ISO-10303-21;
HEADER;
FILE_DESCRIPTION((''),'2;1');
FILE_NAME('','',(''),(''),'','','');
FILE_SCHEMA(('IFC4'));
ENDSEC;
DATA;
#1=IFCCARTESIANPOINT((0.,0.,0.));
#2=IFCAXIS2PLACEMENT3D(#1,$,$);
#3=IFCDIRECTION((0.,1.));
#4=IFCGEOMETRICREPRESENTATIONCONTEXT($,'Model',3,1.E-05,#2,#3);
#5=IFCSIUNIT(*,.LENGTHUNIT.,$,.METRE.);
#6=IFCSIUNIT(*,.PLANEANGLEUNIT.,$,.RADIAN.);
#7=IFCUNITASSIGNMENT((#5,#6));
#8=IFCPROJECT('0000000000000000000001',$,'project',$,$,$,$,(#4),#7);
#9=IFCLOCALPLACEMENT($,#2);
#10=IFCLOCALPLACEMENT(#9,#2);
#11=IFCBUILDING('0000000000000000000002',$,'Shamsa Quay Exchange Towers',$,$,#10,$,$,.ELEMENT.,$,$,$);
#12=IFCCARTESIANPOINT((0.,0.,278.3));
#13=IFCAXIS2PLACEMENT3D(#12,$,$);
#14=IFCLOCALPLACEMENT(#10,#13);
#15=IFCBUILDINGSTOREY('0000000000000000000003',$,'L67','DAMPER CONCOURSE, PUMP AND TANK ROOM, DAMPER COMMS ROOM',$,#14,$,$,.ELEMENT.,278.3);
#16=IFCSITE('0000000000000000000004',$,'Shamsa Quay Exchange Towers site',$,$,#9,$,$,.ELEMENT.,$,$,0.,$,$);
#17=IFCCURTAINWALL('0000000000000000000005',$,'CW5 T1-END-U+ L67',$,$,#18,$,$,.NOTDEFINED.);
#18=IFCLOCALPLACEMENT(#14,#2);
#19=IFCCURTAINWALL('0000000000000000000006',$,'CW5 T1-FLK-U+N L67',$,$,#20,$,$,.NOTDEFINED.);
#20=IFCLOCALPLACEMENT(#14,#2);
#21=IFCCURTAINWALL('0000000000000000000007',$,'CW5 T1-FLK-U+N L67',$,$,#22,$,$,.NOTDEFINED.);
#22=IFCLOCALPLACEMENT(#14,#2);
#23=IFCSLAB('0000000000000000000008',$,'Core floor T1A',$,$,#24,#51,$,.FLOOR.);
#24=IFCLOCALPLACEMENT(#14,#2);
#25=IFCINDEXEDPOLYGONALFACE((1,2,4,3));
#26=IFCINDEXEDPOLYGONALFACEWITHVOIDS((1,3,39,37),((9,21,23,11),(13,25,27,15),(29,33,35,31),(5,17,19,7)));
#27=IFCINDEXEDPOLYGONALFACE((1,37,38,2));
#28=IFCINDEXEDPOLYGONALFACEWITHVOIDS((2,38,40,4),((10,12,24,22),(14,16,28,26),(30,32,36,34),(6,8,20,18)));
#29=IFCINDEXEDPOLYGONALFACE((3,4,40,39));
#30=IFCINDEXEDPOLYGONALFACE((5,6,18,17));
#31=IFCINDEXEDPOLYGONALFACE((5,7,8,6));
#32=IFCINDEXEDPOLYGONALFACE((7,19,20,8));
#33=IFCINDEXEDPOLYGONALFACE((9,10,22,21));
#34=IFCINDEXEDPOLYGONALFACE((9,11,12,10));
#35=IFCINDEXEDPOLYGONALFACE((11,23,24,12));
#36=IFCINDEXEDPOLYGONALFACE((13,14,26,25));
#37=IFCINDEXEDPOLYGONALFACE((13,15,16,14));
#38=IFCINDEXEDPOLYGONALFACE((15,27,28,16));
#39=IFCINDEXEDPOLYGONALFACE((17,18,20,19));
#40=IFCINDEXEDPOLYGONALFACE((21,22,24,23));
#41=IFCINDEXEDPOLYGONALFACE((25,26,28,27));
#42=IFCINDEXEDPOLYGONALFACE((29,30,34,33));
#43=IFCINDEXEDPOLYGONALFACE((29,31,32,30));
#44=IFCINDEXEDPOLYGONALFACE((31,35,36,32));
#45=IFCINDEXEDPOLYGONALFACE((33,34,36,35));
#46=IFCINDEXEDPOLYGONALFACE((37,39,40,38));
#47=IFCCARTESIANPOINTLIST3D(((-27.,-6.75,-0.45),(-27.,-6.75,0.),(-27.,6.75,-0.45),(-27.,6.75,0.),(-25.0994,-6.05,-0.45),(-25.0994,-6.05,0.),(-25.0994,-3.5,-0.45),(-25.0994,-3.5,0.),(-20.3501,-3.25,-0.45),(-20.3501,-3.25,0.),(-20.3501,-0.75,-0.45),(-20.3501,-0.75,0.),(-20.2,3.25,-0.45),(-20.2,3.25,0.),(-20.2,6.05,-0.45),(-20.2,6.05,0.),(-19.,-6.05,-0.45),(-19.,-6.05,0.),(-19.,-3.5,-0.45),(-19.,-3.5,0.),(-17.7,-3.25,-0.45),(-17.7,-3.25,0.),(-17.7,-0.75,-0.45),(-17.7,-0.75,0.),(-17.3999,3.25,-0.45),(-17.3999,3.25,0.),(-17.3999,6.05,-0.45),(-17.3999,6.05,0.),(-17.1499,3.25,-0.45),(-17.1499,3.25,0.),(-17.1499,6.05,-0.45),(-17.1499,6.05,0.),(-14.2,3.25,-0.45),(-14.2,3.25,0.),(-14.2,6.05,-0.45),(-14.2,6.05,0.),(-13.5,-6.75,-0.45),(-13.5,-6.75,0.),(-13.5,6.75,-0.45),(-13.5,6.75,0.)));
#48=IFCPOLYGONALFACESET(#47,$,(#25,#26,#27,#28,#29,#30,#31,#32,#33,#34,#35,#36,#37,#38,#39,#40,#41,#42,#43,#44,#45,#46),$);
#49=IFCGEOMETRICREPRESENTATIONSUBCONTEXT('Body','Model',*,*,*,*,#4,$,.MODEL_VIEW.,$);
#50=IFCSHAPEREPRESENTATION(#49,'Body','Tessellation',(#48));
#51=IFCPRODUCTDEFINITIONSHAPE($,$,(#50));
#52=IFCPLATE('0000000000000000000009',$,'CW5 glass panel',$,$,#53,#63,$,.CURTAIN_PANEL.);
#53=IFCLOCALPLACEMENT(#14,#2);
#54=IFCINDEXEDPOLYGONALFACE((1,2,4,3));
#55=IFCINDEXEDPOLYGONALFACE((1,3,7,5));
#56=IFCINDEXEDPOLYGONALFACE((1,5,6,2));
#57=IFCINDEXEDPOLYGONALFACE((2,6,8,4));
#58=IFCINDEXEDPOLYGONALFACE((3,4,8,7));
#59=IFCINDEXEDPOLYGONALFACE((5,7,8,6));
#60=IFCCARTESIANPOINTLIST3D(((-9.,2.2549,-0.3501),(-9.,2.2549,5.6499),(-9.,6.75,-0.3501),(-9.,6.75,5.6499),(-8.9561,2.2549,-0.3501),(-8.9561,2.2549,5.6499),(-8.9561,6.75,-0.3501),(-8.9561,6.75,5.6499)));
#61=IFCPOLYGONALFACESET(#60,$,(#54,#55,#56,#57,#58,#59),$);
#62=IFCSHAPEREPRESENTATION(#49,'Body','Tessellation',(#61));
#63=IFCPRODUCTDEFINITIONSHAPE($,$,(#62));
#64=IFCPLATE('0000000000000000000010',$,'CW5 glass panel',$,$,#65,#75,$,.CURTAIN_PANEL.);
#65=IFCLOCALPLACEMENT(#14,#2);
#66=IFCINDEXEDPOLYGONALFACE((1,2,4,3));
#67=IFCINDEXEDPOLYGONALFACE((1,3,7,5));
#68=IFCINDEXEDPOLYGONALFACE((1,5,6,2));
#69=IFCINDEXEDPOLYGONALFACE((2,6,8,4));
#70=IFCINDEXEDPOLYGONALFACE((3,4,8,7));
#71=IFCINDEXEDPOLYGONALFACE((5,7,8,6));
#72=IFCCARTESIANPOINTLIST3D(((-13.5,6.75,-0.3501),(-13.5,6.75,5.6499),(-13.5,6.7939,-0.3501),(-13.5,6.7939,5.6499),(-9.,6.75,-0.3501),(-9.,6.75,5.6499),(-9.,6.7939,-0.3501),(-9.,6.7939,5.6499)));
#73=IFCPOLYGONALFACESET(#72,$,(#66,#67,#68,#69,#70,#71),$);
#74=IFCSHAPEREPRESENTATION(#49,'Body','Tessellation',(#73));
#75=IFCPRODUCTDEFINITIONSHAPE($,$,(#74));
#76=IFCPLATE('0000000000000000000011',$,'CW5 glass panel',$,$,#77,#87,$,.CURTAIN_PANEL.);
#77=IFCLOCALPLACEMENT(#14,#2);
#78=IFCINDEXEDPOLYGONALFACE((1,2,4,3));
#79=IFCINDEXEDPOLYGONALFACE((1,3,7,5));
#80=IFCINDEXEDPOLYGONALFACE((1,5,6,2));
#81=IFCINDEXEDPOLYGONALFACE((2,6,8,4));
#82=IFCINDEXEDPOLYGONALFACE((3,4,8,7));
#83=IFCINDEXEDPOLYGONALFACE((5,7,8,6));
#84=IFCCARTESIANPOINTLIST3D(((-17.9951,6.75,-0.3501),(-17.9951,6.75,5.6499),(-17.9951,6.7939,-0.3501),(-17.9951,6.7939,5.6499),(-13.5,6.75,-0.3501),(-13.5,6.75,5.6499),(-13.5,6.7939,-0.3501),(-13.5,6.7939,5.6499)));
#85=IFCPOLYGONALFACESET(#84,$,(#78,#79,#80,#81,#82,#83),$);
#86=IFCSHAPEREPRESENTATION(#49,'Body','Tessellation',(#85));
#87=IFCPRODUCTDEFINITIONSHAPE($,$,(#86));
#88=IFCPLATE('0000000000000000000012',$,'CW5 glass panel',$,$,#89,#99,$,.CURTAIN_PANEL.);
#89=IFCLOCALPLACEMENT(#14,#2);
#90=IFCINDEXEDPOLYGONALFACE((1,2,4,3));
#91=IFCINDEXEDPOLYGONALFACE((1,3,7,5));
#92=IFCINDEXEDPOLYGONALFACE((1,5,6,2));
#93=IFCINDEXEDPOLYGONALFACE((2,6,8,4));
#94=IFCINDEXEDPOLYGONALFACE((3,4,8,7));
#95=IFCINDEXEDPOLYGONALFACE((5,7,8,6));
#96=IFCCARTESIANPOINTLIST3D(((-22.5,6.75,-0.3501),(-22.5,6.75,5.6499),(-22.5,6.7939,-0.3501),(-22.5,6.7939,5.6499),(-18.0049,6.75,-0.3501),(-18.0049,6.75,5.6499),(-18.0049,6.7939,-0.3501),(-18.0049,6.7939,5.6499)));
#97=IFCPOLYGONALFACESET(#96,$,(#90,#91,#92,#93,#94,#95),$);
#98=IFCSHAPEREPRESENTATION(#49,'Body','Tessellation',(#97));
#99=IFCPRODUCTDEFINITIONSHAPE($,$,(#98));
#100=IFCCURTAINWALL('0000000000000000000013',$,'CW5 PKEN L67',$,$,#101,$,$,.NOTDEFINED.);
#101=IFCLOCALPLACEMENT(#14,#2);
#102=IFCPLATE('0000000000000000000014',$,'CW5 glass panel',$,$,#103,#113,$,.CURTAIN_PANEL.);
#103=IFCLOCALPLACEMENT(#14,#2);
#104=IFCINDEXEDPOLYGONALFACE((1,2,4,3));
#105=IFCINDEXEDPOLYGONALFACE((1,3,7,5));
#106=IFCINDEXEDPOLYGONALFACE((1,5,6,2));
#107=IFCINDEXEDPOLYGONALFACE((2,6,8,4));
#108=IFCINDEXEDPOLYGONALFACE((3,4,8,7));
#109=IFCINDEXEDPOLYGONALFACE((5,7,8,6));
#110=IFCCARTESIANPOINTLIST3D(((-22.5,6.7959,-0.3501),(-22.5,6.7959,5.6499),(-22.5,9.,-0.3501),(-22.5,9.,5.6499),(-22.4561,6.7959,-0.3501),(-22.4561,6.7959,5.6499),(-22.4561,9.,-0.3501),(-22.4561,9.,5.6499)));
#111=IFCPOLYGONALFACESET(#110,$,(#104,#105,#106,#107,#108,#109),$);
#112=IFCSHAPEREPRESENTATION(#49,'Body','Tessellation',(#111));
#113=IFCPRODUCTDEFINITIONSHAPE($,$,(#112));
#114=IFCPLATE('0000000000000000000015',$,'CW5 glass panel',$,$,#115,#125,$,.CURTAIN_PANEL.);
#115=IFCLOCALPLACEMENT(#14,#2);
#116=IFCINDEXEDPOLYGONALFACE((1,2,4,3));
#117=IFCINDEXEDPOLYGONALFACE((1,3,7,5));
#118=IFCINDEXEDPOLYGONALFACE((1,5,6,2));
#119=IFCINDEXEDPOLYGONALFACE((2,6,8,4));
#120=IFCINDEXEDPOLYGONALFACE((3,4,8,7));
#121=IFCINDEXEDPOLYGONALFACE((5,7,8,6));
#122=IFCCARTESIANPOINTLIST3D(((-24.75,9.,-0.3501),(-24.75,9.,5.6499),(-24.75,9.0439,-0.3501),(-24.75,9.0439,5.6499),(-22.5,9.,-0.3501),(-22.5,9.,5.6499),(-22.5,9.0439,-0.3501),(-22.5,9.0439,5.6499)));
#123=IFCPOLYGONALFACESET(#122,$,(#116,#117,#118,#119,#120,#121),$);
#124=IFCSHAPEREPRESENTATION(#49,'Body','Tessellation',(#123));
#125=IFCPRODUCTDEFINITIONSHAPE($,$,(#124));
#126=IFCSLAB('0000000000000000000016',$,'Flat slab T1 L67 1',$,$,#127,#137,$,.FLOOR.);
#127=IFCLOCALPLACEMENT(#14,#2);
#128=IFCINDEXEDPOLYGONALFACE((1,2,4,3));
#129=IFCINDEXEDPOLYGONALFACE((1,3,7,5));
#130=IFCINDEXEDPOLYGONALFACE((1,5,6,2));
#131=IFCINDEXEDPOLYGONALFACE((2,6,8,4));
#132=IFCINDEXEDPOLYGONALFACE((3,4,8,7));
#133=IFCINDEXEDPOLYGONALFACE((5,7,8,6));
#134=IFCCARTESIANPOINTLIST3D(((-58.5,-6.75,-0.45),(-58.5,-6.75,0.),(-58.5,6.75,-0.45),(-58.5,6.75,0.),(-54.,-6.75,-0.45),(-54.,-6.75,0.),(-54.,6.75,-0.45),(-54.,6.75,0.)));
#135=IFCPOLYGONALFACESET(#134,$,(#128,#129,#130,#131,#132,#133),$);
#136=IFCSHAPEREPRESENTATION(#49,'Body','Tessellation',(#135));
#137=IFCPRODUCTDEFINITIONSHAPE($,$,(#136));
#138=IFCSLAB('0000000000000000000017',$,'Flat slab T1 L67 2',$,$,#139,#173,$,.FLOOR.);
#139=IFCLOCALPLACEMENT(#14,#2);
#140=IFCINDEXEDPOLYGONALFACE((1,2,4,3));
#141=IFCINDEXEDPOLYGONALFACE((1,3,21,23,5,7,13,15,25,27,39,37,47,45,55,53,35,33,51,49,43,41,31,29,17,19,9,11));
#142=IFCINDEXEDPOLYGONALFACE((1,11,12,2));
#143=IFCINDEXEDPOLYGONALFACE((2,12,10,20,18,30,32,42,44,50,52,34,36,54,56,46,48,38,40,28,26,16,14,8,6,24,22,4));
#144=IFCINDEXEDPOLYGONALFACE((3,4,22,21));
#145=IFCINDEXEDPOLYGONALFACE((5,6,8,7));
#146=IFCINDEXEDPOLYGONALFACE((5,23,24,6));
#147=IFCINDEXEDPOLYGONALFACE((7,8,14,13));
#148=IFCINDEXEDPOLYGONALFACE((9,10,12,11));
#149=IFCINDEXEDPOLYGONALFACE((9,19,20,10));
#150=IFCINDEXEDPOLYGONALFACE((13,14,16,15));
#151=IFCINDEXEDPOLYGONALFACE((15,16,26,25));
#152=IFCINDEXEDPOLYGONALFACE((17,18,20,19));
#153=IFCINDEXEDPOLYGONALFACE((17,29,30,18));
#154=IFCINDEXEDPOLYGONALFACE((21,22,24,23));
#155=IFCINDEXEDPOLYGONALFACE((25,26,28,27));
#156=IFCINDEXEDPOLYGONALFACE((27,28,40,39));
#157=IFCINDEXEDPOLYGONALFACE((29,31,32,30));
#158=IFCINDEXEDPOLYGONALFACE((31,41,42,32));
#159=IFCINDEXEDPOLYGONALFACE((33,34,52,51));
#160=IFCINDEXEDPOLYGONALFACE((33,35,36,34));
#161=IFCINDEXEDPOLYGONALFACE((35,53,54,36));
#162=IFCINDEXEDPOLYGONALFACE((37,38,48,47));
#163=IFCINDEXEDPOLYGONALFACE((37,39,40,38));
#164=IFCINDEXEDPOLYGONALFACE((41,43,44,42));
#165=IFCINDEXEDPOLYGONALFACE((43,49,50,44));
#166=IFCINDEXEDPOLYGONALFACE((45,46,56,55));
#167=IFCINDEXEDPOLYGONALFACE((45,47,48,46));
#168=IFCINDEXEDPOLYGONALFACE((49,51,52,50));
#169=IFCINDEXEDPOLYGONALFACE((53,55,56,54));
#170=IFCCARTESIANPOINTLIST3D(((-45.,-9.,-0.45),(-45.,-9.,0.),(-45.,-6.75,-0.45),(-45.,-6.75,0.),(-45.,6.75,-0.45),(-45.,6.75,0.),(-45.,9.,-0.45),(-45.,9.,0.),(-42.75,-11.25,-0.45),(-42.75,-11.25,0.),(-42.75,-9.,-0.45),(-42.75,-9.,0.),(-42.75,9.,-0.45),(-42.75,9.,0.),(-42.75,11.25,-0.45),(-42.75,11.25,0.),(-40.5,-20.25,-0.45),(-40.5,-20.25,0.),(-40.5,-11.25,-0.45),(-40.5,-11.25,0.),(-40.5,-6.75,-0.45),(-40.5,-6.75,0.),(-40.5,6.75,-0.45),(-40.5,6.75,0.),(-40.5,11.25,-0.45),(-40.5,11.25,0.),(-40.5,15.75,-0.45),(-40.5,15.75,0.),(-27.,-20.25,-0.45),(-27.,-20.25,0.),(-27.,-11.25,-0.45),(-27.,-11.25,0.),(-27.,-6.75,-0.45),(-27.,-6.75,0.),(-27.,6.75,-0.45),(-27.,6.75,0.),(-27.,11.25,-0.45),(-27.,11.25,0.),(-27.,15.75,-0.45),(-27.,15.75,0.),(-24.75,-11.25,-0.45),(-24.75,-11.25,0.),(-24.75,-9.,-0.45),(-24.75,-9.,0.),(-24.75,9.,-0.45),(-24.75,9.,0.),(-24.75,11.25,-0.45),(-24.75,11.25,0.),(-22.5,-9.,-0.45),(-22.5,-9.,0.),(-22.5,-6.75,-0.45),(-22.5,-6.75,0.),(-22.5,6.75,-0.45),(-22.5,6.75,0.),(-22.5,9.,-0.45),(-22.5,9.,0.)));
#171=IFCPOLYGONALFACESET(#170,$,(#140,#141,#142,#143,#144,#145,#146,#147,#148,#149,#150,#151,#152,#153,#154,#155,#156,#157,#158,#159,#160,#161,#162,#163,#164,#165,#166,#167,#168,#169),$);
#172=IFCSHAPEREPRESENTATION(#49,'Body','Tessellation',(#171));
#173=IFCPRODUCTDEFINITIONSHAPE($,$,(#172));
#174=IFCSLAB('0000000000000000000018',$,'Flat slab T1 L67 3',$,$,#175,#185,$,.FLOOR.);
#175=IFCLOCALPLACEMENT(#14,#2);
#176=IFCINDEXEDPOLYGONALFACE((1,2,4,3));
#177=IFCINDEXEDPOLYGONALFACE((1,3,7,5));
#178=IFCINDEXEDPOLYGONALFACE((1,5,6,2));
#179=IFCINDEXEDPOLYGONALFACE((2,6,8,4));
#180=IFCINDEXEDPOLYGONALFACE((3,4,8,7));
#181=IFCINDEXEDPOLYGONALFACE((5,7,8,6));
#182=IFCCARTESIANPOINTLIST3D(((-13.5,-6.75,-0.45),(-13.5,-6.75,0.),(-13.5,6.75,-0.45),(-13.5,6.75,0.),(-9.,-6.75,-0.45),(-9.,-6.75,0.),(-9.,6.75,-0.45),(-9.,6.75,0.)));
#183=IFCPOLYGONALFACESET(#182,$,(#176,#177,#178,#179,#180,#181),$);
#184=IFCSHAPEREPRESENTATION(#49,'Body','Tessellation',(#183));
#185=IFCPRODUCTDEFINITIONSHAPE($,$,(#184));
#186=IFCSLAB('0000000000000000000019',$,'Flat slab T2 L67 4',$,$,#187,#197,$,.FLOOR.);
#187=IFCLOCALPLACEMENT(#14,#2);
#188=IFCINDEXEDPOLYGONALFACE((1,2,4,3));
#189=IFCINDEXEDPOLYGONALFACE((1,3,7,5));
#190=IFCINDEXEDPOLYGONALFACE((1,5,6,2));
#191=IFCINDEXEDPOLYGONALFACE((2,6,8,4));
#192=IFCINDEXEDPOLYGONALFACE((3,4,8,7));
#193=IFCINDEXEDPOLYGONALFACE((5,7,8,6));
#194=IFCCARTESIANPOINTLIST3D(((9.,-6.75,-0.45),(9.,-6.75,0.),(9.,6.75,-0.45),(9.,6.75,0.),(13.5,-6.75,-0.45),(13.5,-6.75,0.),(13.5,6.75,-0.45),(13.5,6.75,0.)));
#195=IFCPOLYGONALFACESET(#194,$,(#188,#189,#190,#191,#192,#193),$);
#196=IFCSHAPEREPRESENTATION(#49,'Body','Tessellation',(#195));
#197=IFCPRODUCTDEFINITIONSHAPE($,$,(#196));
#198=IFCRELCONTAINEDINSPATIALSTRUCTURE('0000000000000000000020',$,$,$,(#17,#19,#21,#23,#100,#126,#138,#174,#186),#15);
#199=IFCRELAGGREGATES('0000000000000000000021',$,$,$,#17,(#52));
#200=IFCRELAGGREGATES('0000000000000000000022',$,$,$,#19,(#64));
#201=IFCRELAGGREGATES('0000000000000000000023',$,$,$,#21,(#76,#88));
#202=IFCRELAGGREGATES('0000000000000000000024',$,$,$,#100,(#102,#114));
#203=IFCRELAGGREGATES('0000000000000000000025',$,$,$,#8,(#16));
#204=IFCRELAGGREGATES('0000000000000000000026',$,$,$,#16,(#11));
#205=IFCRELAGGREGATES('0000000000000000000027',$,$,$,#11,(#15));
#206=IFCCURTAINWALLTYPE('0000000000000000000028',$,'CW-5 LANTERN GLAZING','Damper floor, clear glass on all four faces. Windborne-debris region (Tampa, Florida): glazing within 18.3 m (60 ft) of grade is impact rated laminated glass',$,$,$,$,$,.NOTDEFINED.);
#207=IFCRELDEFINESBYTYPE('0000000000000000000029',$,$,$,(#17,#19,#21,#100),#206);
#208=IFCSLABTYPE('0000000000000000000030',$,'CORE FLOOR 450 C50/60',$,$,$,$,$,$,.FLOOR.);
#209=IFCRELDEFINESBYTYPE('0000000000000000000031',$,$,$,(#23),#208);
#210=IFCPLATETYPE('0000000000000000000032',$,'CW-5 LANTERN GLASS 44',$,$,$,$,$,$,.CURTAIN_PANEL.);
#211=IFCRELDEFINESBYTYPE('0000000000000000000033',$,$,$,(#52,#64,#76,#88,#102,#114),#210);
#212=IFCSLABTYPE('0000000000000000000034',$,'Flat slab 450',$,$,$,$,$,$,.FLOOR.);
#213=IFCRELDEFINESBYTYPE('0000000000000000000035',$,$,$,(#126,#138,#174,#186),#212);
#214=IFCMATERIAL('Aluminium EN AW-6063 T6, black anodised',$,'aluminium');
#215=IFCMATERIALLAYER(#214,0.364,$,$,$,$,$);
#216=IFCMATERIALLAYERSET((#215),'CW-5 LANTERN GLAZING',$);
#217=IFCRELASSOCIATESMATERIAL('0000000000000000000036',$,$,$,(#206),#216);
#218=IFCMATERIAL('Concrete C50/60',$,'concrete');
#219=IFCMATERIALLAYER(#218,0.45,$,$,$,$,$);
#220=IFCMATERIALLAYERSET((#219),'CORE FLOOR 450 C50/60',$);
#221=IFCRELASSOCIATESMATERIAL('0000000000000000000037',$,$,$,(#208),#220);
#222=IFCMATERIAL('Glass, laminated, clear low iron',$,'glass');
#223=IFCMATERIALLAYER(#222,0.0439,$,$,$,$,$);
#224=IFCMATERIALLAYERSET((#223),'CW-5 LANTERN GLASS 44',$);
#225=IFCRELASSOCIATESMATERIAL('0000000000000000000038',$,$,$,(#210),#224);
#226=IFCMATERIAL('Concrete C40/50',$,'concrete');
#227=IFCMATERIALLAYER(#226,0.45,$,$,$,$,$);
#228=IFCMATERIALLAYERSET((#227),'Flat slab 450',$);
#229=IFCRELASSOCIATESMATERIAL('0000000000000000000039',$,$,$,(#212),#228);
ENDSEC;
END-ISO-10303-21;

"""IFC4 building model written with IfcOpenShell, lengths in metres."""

from ifc_helpers import new_model, si_unit, direction, frame, origin, origin_2d, place, context, subcontext, project, spatial, polyline, rectangle, outline, extrude, material, layer, layer_set, type_object, element, aggregate, save


model = new_model("IFC4")

# Units and contexts
model_context = context("Model", 3, precision=1e-05, world=origin(), true_north=direction((0.0, 1.0)))
body_context = subcontext(model_context, "Body", "Model", "MODEL_VIEW")
ifc_project = project(units=[si_unit("LENGTHUNIT", "METRE"), si_unit("PLANEANGLEUNIT", "RADIAN")], contexts=[model_context])

# Site, building, storey
site_placement = place(None, origin())
site = spatial("IfcSite", under=ifc_project, at=site_placement, Name="Shamsa Quay Exchange Towers site", CompositionType="ELEMENT", RefElevation=0.0)
building_placement = place(site_placement, origin())
building = spatial("IfcBuilding", under=site, at=building_placement, Name="Shamsa Quay Exchange Towers", CompositionType="ELEMENT")
storey_placement = place(building_placement, frame((0.0, 0.0, 278.3)))
storey = spatial("IfcBuildingStorey", under=building, at=storey_placement, Name="L67", Description="DAMPER CONCOURSE, PUMP AND TANK ROOM, DAMPER COMMS ROOM", CompositionType="ELEMENT", Elevation=278.3)

# Curtain walls
ifc_material_1 = material(Name="Aluminium EN AW-6063 T6, black anodised", Category="aluminium")
ifc_layer_1 = layer(ifc_material_1, 0.364)
ifc_layer_set_1 = layer_set([ifc_layer_1], Name="CW-5 LANTERN GLAZING")
curtain_wall_type = type_object("IfcCurtainWallType", Name="CW-5 LANTERN GLAZING", Description="Damper floor, clear glass on all four faces. Windborne-debris region (Tampa, Florida): glazing within 18.3 m (60 ft) of grade is impact rated laminated glass", PredefinedType="NOTDEFINED", material=ifc_layer_set_1)
curtain_wall_1_placement = place(storey_placement, origin())
curtain_wall_1 = element("IfcCurtainWall", 1, at=curtain_wall_1_placement, inside=storey, type_object=curtain_wall_type, Name="CW5 T1-END-U+ L67", PredefinedType="NOTDEFINED")
curtain_wall_2_placement = place(storey_placement, origin())
curtain_wall_2 = element("IfcCurtainWall", 2, at=curtain_wall_2_placement, inside=storey, type_object=curtain_wall_type, Name="CW5 T1-FLK-U+N L67", PredefinedType="NOTDEFINED")
curtain_wall_3_placement = place(storey_placement, origin())
curtain_wall_3 = element("IfcCurtainWall", 3, at=curtain_wall_3_placement, inside=storey, type_object=curtain_wall_type, Name="CW5 T1-FLK-U+N L67", PredefinedType="NOTDEFINED")

# Slab
ifc_material_2 = material(Name="Concrete C50/60", Category="concrete")
ifc_layer_2 = layer(ifc_material_2, 0.45)
ifc_layer_set_2 = layer_set([ifc_layer_2], Name="CORE FLOOR 450 C50/60")
slab_type_1 = type_object("IfcSlabType", Name="CORE FLOOR 450 C50/60", PredefinedType="FLOOR", material=ifc_layer_set_2)
slab_1_placement = place(storey_placement, frame((0.0, 0.0, -0.45)))
element("IfcSlab", 4, at=slab_1_placement, inside=storey, type_object=slab_type_1, Name="Core floor T1A", PredefinedType="FLOOR", context=body_context, shape_type="SweptSolid", body=[
    extrude(outline(polyline([(-27.0, -6.75), (-13.5, -6.75), (-13.5, 6.75), (-27.0, 6.75), (-27.0, -6.75)]), holes=[polyline([(-25.0994, -6.05), (-25.0994, -3.5), (-19.0, -3.5), (-19.0, -6.05), (-25.0994, -6.05)]), polyline([(-20.2, 3.25), (-20.2, 6.05), (-17.3999, 6.05), (-17.3999, 3.25), (-20.2, 3.25)]), polyline([(-17.1499, 3.25), (-17.1499, 6.05), (-14.2, 6.05), (-14.2, 3.25), (-17.1499, 3.25)]), polyline([(-20.3501, -3.25), (-20.3501, -0.75), (-17.7, -0.75), (-17.7, -3.25), (-20.3501, -3.25)])]), origin(), (0.0, 0.0, 1.0), 0.45),
])

# Plates
ifc_material_3 = material(Name="Glass, laminated, clear low iron", Category="glass")
ifc_layer_3 = layer(ifc_material_3, 0.0439)
ifc_layer_set_3 = layer_set([ifc_layer_3], Name="CW-5 LANTERN GLASS 44")
plate_type = type_object("IfcPlateType", Name="CW-5 LANTERN GLASS 44", PredefinedType="CURTAIN_PANEL", material=ifc_layer_set_3)
plate_1_placement = place(storey_placement, frame((-8.978, 4.5024, -0.3501), z_axis=(0.0, 0.0, 1.0), x_axis=(0.0, 1.0, 0.0)))
plate_1 = element("IfcPlate", 5, at=plate_1_placement, type_object=plate_type, Name="CW5 glass panel", PredefinedType="CURTAIN_PANEL", context=body_context, shape_type="SweptSolid", body=[
    extrude(rectangle(XDim=4.4951, YDim=0.0439, at=origin_2d()), origin(), (0.0, 0.0, 1.0), 6.0),
])
aggregate(curtain_wall_1, [plate_1])
plate_2_placement = place(storey_placement, frame((-11.25, 6.772, -0.3501), z_axis=(0.0, 0.0, 1.0), x_axis=(-1.0, 0.0, 0.0)))
plate_2 = element("IfcPlate", 6, at=plate_2_placement, type_object=plate_type, Name="CW5 glass panel", PredefinedType="CURTAIN_PANEL", context=body_context, shape_type="SweptSolid", body=[
    extrude(rectangle(XDim=4.5, YDim=0.0439, at=origin_2d()), origin(), (0.0, 0.0, 1.0), 6.0),
])
aggregate(curtain_wall_2, [plate_2])
plate_3_placement = place(storey_placement, frame((-15.7476, 6.772, -0.3501), z_axis=(0.0, 0.0, 1.0), x_axis=(-1.0, 0.0, 0.0)))
plate_3 = element("IfcPlate", 7, at=plate_3_placement, type_object=plate_type, Name="CW5 glass panel", PredefinedType="CURTAIN_PANEL", context=body_context, shape_type="SweptSolid", body=[
    extrude(rectangle(XDim=4.4951, YDim=0.0439, at=origin_2d()), origin(), (0.0, 0.0, 1.0), 6.0),
])
plate_4_placement = place(storey_placement, frame((-20.2524, 6.772, -0.3501), z_axis=(0.0, 0.0, 1.0), x_axis=(-1.0, 0.0, 0.0)))
plate_4 = element("IfcPlate", 8, at=plate_4_placement, type_object=plate_type, Name="CW5 glass panel", PredefinedType="CURTAIN_PANEL", context=body_context, shape_type="SweptSolid", body=[
    extrude(rectangle(XDim=4.4951, YDim=0.0439, at=origin_2d()), origin(), (0.0, 0.0, 1.0), 6.0),
])
aggregate(curtain_wall_3, [plate_3, plate_4])

# Curtain wall, plates
curtain_wall_4_placement = place(storey_placement, origin())
curtain_wall_4 = element("IfcCurtainWall", 9, at=curtain_wall_4_placement, inside=storey, type_object=curtain_wall_type, Name="CW5 PKEN L67", PredefinedType="NOTDEFINED")
plate_5_placement = place(storey_placement, frame((-22.478, 7.8979, -0.3501), z_axis=(0.0, 0.0, 1.0), x_axis=(0.0, 1.0, 0.0)))
plate_5 = element("IfcPlate", 10, at=plate_5_placement, type_object=plate_type, Name="CW5 glass panel", PredefinedType="CURTAIN_PANEL", context=body_context, shape_type="SweptSolid", body=[
    extrude(rectangle(XDim=2.2041, YDim=0.0439, at=origin_2d()), origin(), (0.0, 0.0, 1.0), 6.0),
])
plate_6_placement = place(storey_placement, frame((-23.625, 9.022, -0.3501), z_axis=(0.0, 0.0, 1.0), x_axis=(-1.0, 0.0, 0.0)))
plate_6 = element("IfcPlate", 11, at=plate_6_placement, type_object=plate_type, Name="CW5 glass panel", PredefinedType="CURTAIN_PANEL", context=body_context, shape_type="SweptSolid", body=[
    extrude(rectangle(XDim=2.25, YDim=0.0439, at=origin_2d()), origin(), (0.0, 0.0, 1.0), 6.0),
])
aggregate(curtain_wall_4, [plate_5, plate_6])

# Slabs
ifc_material_4 = material(Name="Concrete C40/50", Category="concrete")
ifc_layer_4 = layer(ifc_material_4, 0.45)
ifc_layer_set_4 = layer_set([ifc_layer_4], Name="Flat slab 450")
slab_type_2 = type_object("IfcSlabType", Name="Flat slab 450", PredefinedType="FLOOR", material=ifc_layer_set_4)
slab_2_placement = place(storey_placement, frame((0.0, 0.0, -0.45)))
element("IfcSlab", 12, at=slab_2_placement, inside=storey, type_object=slab_type_2, Name="Flat slab T1 L67 1", PredefinedType="FLOOR", context=body_context, shape_type="SweptSolid", body=[
    extrude(outline(polyline([(-58.5, -6.75), (-54.0, -6.75), (-54.0, 6.75), (-58.5, 6.75), (-58.5, -6.75)])), origin(), (0.0, 0.0, 1.0), 0.45),
])
slab_3_placement = place(storey_placement, frame((0.0, 0.0, -0.45)))
element("IfcSlab", 13, at=slab_3_placement, inside=storey, type_object=slab_type_2, Name="Flat slab T1 L67 2", PredefinedType="FLOOR", context=body_context, shape_type="SweptSolid", body=[
    extrude(outline(polyline([(-22.5, -9.0), (-22.5, -6.75), (-27.0, -6.75), (-27.0, 6.75), (-22.5, 6.75), (-22.5, 9.0), (-24.75, 9.0), (-24.75, 11.25), (-27.0, 11.25), (-27.0, 15.75), (-40.5, 15.75), (-40.5, 11.25), (-42.75, 11.25), (-42.75, 9.0), (-45.0, 9.0), (-45.0, 6.75), (-40.5, 6.75), (-40.5, -6.75), (-45.0, -6.75), (-45.0, -9.0), (-42.75, -9.0), (-42.75, -11.25), (-40.5, -11.25), (-40.5, -20.25), (-27.0, -20.25), (-27.0, -11.25), (-24.75, -11.25), (-24.75, -9.0), (-22.5, -9.0)])), origin(), (0.0, 0.0, 1.0), 0.45),
])
slab_4_placement = place(storey_placement, frame((0.0, 0.0, -0.45)))
element("IfcSlab", 14, at=slab_4_placement, inside=storey, type_object=slab_type_2, Name="Flat slab T1 L67 3", PredefinedType="FLOOR", context=body_context, shape_type="SweptSolid", body=[
    extrude(outline(polyline([(-9.0, 6.75), (-13.5, 6.75), (-13.5, -6.75), (-9.0, -6.75), (-9.0, 6.75)])), origin(), (0.0, 0.0, 1.0), 0.45),
])
slab_5_placement = place(storey_placement, frame((0.0, 0.0, -0.45)))
element("IfcSlab", 15, at=slab_5_placement, inside=storey, type_object=slab_type_2, Name="Flat slab T2 L67 4", PredefinedType="FLOOR", context=body_context, shape_type="SweptSolid", body=[
    extrude(outline(polyline([(9.0, -6.75), (13.5, -6.75), (13.5, 6.75), (9.0, 6.75), (9.0, -6.75)])), origin(), (0.0, 0.0, 1.0), 0.45),
])

save(model, "model.ifc")
